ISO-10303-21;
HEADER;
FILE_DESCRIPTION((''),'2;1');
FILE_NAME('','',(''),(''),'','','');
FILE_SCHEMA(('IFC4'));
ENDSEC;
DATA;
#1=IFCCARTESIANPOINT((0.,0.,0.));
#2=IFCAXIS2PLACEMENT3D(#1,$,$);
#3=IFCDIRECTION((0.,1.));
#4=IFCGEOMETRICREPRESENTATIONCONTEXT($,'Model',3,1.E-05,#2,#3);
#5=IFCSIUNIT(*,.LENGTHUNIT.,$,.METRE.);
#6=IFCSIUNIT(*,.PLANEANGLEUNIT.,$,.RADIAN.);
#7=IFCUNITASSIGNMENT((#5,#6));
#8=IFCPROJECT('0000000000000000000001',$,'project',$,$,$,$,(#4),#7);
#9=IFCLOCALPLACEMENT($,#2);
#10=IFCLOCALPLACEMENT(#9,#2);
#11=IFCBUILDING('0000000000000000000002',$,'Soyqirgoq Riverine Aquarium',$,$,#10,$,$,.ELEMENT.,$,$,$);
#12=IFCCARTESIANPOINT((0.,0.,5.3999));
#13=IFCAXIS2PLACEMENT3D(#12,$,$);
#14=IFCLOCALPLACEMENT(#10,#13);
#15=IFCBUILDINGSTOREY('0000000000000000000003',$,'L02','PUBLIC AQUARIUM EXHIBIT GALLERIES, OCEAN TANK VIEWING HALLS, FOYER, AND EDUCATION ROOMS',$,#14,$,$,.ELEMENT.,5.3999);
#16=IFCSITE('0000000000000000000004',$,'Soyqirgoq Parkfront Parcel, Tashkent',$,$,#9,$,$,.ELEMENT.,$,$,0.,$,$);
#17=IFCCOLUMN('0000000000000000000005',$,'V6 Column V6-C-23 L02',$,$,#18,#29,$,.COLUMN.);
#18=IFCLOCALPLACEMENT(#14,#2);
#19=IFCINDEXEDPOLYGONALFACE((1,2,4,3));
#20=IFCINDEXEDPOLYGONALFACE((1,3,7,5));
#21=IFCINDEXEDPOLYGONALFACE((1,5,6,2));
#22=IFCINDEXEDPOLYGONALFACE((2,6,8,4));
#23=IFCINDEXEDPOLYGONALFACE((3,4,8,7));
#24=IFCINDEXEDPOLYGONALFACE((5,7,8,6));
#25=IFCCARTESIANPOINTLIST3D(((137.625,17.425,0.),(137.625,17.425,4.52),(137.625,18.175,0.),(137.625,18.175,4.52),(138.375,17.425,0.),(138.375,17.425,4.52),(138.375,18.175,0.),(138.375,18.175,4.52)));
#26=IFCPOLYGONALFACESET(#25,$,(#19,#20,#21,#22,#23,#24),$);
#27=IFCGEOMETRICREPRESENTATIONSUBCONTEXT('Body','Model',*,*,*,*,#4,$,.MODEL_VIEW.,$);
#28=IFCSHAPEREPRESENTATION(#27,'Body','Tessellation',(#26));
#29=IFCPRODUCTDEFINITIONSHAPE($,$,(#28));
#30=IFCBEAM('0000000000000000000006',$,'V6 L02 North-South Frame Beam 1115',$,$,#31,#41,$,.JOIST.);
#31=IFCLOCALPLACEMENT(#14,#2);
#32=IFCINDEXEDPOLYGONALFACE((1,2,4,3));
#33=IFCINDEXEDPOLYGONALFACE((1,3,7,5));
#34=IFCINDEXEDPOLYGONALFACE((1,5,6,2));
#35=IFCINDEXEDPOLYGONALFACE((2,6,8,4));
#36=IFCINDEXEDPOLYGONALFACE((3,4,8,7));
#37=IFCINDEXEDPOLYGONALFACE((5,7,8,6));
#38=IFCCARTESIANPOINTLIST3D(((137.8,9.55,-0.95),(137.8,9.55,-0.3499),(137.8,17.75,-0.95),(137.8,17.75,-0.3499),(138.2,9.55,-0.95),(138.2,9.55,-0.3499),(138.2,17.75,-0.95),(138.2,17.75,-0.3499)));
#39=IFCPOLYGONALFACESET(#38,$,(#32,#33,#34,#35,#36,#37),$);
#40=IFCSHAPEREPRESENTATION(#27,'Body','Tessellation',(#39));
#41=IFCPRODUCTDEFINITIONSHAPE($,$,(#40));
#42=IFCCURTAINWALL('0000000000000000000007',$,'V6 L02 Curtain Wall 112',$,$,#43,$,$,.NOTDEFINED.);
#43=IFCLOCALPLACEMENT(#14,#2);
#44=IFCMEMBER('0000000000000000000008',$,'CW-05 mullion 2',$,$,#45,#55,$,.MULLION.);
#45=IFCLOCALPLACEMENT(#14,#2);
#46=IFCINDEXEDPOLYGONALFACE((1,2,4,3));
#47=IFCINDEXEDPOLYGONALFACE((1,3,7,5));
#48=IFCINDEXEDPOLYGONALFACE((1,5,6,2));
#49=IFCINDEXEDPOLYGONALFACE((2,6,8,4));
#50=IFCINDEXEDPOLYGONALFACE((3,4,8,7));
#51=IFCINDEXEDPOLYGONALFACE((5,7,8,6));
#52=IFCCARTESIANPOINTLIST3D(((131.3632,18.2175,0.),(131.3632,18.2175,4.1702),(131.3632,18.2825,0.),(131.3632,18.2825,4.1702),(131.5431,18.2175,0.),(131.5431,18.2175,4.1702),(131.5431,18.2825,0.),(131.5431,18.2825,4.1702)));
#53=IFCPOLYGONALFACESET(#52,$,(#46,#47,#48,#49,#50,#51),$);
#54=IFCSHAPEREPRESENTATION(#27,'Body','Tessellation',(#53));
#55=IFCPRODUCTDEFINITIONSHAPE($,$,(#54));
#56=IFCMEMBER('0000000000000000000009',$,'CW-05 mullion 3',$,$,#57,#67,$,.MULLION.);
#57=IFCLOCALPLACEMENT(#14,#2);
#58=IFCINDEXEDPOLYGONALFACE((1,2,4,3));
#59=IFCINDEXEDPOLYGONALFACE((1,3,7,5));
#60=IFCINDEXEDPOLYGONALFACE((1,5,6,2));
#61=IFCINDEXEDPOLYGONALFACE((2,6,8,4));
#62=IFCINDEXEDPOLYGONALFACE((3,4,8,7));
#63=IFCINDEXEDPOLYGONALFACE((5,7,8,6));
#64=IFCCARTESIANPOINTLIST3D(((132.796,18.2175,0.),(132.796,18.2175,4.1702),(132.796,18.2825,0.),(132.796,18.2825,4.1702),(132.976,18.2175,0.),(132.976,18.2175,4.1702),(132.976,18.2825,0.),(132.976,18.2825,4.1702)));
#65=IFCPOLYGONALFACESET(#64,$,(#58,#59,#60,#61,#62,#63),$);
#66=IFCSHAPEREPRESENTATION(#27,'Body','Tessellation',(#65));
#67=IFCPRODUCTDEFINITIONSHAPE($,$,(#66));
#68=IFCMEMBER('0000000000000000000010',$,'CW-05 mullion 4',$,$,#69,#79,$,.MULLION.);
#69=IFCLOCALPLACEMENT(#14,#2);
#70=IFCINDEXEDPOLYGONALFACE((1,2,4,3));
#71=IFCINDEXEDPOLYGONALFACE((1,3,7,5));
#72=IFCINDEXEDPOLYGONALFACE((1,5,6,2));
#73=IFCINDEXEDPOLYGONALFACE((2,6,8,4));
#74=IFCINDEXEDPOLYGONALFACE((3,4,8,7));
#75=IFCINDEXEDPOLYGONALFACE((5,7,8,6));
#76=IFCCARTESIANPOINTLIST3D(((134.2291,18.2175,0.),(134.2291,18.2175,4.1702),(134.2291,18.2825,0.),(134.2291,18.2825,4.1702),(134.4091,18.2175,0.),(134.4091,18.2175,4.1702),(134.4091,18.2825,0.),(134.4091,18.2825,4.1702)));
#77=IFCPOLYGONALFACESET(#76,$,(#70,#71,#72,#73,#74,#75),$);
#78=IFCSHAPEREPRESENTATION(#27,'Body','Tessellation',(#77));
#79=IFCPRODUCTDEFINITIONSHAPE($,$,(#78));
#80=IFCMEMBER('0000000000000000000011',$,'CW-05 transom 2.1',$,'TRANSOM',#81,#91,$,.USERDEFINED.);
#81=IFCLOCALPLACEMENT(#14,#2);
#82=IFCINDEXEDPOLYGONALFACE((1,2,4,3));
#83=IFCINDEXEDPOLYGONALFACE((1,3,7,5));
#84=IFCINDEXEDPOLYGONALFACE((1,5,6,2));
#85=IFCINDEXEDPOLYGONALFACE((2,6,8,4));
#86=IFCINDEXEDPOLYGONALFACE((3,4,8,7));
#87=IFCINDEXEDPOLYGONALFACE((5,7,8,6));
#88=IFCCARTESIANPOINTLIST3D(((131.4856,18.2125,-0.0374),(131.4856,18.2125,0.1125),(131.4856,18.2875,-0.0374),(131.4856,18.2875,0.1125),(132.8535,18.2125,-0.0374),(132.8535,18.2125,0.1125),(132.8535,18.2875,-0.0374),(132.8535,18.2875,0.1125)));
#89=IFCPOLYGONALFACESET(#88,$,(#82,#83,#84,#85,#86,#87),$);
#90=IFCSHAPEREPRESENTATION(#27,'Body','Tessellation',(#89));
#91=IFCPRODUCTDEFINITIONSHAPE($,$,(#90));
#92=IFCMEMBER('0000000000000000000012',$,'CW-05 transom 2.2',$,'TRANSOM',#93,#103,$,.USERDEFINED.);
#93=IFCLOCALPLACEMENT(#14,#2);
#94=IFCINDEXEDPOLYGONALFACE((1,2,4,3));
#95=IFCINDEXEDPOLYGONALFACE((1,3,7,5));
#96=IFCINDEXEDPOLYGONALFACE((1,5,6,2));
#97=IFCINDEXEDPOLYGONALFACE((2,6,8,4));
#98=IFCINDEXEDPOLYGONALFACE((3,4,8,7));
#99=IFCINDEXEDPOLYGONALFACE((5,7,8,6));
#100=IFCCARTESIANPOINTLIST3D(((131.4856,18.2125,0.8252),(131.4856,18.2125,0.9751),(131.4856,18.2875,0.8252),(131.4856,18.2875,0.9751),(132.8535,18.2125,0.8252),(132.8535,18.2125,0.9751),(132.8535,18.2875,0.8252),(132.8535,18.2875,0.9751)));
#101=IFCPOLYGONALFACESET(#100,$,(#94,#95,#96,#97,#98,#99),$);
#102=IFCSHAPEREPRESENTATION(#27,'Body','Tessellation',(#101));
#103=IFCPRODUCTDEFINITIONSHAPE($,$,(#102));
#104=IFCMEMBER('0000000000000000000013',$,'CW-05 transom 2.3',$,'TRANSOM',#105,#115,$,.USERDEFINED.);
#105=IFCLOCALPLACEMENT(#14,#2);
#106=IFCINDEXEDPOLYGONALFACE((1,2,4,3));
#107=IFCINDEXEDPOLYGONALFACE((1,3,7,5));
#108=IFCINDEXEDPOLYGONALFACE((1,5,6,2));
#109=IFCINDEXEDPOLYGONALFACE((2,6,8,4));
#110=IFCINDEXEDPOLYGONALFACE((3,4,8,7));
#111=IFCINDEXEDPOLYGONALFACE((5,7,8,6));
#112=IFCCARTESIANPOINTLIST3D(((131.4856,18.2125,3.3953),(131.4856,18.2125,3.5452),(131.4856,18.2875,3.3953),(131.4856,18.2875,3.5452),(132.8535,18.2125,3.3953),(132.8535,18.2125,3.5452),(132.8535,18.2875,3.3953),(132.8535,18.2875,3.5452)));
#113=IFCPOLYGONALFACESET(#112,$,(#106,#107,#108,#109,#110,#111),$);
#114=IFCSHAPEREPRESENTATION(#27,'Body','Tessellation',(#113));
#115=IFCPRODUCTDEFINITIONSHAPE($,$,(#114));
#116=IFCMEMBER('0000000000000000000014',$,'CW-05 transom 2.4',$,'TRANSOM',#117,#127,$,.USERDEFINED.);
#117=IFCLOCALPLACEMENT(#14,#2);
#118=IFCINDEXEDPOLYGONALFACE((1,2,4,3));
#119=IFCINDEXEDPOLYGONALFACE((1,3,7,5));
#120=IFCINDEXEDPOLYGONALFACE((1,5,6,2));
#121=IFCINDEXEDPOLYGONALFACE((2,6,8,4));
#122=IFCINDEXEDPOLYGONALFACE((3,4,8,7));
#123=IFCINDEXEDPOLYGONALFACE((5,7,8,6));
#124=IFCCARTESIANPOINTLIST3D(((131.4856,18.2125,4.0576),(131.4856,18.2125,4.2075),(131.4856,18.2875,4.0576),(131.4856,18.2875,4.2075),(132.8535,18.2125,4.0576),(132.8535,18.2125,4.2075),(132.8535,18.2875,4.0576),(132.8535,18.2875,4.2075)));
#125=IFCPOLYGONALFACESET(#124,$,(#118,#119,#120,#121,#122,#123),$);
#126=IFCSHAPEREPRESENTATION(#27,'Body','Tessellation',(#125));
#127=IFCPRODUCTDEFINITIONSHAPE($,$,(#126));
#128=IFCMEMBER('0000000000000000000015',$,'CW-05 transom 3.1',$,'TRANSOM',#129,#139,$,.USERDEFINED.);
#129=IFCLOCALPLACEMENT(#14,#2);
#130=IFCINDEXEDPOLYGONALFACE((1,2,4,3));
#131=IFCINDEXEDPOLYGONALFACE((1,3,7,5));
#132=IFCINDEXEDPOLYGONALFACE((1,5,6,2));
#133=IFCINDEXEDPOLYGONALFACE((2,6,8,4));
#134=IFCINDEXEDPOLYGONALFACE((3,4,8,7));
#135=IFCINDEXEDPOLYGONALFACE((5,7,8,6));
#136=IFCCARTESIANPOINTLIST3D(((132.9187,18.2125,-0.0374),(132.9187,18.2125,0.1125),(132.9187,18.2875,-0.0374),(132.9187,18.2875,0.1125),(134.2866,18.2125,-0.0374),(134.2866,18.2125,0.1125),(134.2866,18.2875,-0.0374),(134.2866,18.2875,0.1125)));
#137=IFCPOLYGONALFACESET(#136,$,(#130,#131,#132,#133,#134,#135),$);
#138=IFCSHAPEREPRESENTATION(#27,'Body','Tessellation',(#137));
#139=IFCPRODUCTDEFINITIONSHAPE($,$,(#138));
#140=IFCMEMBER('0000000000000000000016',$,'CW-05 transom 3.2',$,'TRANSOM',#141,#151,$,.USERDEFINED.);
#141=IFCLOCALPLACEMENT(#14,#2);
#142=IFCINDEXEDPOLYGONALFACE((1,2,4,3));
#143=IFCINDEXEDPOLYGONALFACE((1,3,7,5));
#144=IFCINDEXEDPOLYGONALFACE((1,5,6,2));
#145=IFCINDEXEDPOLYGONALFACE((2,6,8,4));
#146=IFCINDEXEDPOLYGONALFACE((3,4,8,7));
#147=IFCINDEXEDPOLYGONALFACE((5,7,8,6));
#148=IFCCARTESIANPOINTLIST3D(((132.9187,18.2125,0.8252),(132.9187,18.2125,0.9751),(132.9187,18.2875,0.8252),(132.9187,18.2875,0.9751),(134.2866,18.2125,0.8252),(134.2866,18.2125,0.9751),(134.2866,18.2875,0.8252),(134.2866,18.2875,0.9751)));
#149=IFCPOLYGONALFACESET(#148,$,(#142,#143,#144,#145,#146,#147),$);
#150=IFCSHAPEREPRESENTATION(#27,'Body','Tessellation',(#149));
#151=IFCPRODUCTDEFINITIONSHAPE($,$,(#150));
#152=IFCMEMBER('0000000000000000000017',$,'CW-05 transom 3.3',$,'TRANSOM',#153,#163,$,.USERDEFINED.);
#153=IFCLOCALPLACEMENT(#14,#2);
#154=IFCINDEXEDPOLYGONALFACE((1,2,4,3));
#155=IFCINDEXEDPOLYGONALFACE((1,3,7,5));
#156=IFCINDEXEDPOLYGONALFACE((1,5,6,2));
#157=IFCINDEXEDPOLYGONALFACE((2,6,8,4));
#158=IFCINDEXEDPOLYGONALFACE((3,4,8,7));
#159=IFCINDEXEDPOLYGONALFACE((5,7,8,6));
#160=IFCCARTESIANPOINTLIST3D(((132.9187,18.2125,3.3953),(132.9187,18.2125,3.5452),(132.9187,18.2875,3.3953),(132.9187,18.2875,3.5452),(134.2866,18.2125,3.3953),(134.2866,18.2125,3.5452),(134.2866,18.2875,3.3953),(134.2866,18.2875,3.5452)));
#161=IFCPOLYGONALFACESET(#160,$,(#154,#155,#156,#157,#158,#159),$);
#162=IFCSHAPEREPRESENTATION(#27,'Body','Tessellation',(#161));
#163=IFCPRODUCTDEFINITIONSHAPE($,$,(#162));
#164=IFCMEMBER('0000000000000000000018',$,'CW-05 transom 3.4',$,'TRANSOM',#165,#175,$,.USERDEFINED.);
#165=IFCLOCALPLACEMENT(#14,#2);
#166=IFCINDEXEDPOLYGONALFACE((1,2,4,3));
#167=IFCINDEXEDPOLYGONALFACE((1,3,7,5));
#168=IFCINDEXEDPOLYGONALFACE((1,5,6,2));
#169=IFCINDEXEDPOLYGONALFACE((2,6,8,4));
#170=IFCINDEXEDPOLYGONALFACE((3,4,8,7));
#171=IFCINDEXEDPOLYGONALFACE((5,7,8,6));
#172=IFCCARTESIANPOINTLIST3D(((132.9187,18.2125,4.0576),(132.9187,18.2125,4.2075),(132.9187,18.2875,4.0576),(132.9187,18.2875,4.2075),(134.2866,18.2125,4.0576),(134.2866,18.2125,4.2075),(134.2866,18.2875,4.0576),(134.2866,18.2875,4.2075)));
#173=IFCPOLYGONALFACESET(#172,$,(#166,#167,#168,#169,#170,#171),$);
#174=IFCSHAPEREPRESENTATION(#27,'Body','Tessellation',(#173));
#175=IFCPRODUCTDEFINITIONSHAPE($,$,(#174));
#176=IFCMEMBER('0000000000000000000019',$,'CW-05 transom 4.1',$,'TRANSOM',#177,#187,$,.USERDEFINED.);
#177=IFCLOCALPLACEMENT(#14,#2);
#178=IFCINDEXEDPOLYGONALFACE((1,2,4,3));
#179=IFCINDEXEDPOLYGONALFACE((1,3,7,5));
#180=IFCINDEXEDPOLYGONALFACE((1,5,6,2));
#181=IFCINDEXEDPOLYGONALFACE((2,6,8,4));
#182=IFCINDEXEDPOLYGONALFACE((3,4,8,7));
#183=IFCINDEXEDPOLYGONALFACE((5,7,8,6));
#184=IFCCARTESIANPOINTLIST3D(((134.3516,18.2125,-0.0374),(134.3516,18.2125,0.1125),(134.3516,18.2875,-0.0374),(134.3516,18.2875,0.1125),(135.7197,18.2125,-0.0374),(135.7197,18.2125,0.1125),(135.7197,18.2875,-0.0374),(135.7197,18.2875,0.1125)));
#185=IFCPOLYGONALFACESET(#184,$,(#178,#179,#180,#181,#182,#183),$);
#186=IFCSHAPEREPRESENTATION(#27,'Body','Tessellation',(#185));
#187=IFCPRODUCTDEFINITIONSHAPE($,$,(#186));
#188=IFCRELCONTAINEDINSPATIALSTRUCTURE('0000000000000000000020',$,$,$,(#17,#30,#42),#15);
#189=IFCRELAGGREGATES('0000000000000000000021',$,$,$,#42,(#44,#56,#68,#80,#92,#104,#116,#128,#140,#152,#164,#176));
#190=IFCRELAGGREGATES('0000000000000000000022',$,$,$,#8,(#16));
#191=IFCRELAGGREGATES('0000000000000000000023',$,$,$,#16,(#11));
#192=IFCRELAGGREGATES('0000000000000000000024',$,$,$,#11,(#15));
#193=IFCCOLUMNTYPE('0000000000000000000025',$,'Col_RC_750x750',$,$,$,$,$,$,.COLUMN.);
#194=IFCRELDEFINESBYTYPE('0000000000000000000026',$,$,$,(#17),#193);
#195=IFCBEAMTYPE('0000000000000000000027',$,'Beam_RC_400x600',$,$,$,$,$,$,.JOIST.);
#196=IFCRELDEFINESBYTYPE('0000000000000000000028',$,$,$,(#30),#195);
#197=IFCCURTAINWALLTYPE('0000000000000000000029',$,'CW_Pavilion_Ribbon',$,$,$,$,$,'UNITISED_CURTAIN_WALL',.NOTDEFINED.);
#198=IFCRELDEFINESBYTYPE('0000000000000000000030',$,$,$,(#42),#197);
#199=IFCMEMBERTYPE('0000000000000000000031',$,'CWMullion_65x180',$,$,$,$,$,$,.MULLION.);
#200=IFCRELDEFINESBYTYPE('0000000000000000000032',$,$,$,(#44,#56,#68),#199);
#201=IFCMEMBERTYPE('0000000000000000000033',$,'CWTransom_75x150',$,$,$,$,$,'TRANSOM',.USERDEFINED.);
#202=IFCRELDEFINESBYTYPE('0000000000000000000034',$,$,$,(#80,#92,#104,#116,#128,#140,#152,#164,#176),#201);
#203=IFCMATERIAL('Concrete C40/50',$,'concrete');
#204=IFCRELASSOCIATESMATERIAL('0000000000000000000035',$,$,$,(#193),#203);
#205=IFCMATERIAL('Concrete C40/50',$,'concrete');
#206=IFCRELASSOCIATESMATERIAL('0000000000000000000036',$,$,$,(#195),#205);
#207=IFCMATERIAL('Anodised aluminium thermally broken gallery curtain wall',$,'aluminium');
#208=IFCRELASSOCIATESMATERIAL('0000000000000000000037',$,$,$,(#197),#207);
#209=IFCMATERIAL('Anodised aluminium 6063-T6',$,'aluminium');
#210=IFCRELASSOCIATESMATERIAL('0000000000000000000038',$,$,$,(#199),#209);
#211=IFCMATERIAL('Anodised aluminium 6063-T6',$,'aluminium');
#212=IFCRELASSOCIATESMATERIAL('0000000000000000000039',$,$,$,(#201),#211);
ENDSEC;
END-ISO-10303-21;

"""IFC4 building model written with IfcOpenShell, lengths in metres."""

from ifc_helpers import new_model, si_unit, direction, frame, origin, origin_2d, place, context, subcontext, project, spatial, rectangle, extrude, material, material_profile, profile_set, type_object, element, aggregate, save


model = new_model("IFC4")

# Units and contexts
model_context = context("Model", 3, precision=1e-05, world=origin(), true_north=direction((0.0, 1.0)))
body_context = subcontext(model_context, "Body", "Model", "MODEL_VIEW")
ifc_project = project(units=[si_unit("LENGTHUNIT", "METRE"), si_unit("PLANEANGLEUNIT", "RADIAN")], contexts=[model_context])

# Site, building, storey
site_placement = place(None, origin())
site = spatial("IfcSite", under=ifc_project, at=site_placement, Name="Soyqirgoq Parkfront Parcel, Tashkent", CompositionType="ELEMENT", RefElevation=0.0)
building_placement = place(site_placement, origin())
building = spatial("IfcBuilding", under=site, at=building_placement, Name="Soyqirgoq Riverine Aquarium", CompositionType="ELEMENT")
storey_placement = place(building_placement, frame((0.0, 0.0, 5.3999)))
storey = spatial("IfcBuildingStorey", under=building, at=storey_placement, Name="L02", Description="PUBLIC AQUARIUM EXHIBIT GALLERIES, OCEAN TANK VIEWING HALLS, FOYER, AND EDUCATION ROOMS", CompositionType="ELEMENT", Elevation=5.3999)

# Column
ifc_material_1 = material(Name="Concrete C40/50", Category="concrete")
ifc_material_profile_1 = material_profile(ifc_material_1, rectangle(XDim=0.75, YDim=0.75, at=origin_2d()), Name="RC 750x750")
ifc_profile_set_1 = profile_set([ifc_material_profile_1], Name="Concrete C40/50")
column_type = type_object("IfcColumnType", Name="Col_RC_750x750", PredefinedType="COLUMN", material=ifc_profile_set_1)
column_placement = place(storey_placement, frame((138.0, 17.8, 0.0), z_axis=(0.0, 0.0, 1.0), x_axis=(1.0, 0.0, 0.0)))
element("IfcColumn", 1, at=column_placement, inside=storey, type_object=column_type, Name="V6 Column V6-C-23 L02", PredefinedType="COLUMN", context=body_context, shape_type="SweptSolid", body=[
    extrude(rectangle(XDim=0.75, YDim=0.75, at=origin_2d()), origin(), (0.0, 0.0, 1.0), 4.52),
])

# Beam
ifc_material_2 = material(Name="Concrete C40/50", Category="concrete")
ifc_material_profile_2 = material_profile(ifc_material_2, rectangle(XDim=0.3999, YDim=0.6001, at=origin_2d()), Name="RC 400x600")
ifc_profile_set_2 = profile_set([ifc_material_profile_2], Name="Concrete C40/50")
beam_type_1 = type_object("IfcBeamType", Name="Beam_RC_400x600", PredefinedType="JOIST", material=ifc_profile_set_2)
beam_1_placement = place(storey_placement, frame((138.0, 9.55, -0.6499), z_axis=(0.0, 1.0, 0.0), x_axis=(-1.0, 0.0, 0.0)))
element("IfcBeam", 2, at=beam_1_placement, inside=storey, type_object=beam_type_1, Name="V6 L02 North-South Frame Beam 1115", PredefinedType="JOIST", context=body_context, shape_type="SweptSolid", body=[
    extrude(rectangle(XDim=0.3999, YDim=0.6001, at=origin_2d()), origin(), (0.0, 0.0, 1.0), 8.2),
])

# Curtain wall, members
ifc_material_3 = material(Name="Anodised aluminium thermally broken gallery curtain wall", Category="aluminium")
curtain_wall_type = type_object("IfcCurtainWallType", Name="CW_Pavilion_Ribbon", ElementType="UNITISED_CURTAIN_WALL", PredefinedType="NOTDEFINED", material=ifc_material_3)
curtain_wall_placement = place(storey_placement, origin())
curtain_wall = element("IfcCurtainWall", 3, at=curtain_wall_placement, inside=storey, type_object=curtain_wall_type, Name="V6 L02 Curtain Wall 112", PredefinedType="NOTDEFINED")
ifc_material_4 = material(Name="Anodised aluminium 6063-T6", Category="aluminium")
ifc_material_profile_3 = material_profile(ifc_material_4, rectangle(XDim=0.0649, YDim=0.1799, at=origin_2d()), Name="ALU-M 65x180")
ifc_profile_set_3 = profile_set([ifc_material_profile_3], Name="Anodised aluminium 6063-T6")
member_type_1 = type_object("IfcMemberType", Name="CWMullion_65x180", PredefinedType="MULLION", material=ifc_profile_set_3)
member_1_placement = place(storey_placement, frame((131.4531, 18.25, 0.0), z_axis=(0.0, 0.0, 1.0), x_axis=(0.0, 1.0, 0.0)))
member_1 = element("IfcMember", 4, at=member_1_placement, type_object=member_type_1, Name="CW-05 mullion 2", PredefinedType="MULLION", context=body_context, shape_type="SweptSolid", body=[
    extrude(rectangle(XDim=0.0649, YDim=0.1799, at=origin_2d()), origin(), (0.0, 0.0, 1.0), 4.1702),
])
member_2_placement = place(storey_placement, frame((132.886, 18.25, 0.0), z_axis=(0.0, 0.0, 1.0), x_axis=(0.0, 1.0, 0.0)))
member_2 = element("IfcMember", 5, at=member_2_placement, type_object=member_type_1, Name="CW-05 mullion 3", PredefinedType="MULLION", context=body_context, shape_type="SweptSolid", body=[
    extrude(rectangle(XDim=0.0649, YDim=0.1799, at=origin_2d()), origin(), (0.0, 0.0, 1.0), 4.1702),
])
member_3_placement = place(storey_placement, frame((134.3191, 18.25, 0.0), z_axis=(0.0, 0.0, 1.0), x_axis=(0.0, 1.0, 0.0)))
member_3 = element("IfcMember", 6, at=member_3_placement, type_object=member_type_1, Name="CW-05 mullion 4", PredefinedType="MULLION", context=body_context, shape_type="SweptSolid", body=[
    extrude(rectangle(XDim=0.0649, YDim=0.1799, at=origin_2d()), origin(), (0.0, 0.0, 1.0), 4.1702),
])
ifc_material_5 = material(Name="Anodised aluminium 6063-T6", Category="aluminium")
ifc_material_profile_4 = material_profile(ifc_material_5, rectangle(XDim=0.075, YDim=0.1499, at=origin_2d()), Name="ALU-T 75x150")
ifc_profile_set_4 = profile_set([ifc_material_profile_4], Name="Anodised aluminium 6063-T6")
member_type_2 = type_object("IfcMemberType", Name="CWTransom_75x150", ElementType="TRANSOM", PredefinedType="USERDEFINED", material=ifc_profile_set_4)
member_4_placement = place(storey_placement, frame((131.4856, 18.25, 0.0376), z_axis=(1.0, 0.0, 0.0), x_axis=(0.0, 1.0, 0.0)))
member_4 = element("IfcMember", 7, at=member_4_placement, type_object=member_type_2, Name="CW-05 transom 2.1", ObjectType="TRANSOM", PredefinedType="USERDEFINED", context=body_context, shape_type="SweptSolid", body=[
    extrude(rectangle(XDim=0.075, YDim=0.1499, at=origin_2d()), origin(), (0.0, 0.0, 1.0), 1.3679),
])
member_5_placement = place(storey_placement, frame((131.4856, 18.25, 0.9001), z_axis=(1.0, 0.0, 0.0), x_axis=(0.0, 1.0, 0.0)))
member_5 = element("IfcMember", 8, at=member_5_placement, type_object=member_type_2, Name="CW-05 transom 2.2", ObjectType="TRANSOM", PredefinedType="USERDEFINED", context=body_context, shape_type="SweptSolid", body=[
    extrude(rectangle(XDim=0.075, YDim=0.1499, at=origin_2d()), origin(), (0.0, 0.0, 1.0), 1.3679),
])
member_6_placement = place(storey_placement, frame((131.4856, 18.25, 3.4702), z_axis=(1.0, 0.0, 0.0), x_axis=(0.0, 1.0, 0.0)))
member_6 = element("IfcMember", 9, at=member_6_placement, type_object=member_type_2, Name="CW-05 transom 2.3", ObjectType="TRANSOM", PredefinedType="USERDEFINED", context=body_context, shape_type="SweptSolid", body=[
    extrude(rectangle(XDim=0.075, YDim=0.1499, at=origin_2d()), origin(), (0.0, 0.0, 1.0), 1.3679),
])
member_7_placement = place(storey_placement, frame((131.4856, 18.25, 4.1326), z_axis=(1.0, 0.0, 0.0), x_axis=(0.0, 1.0, 0.0)))
member_7 = element("IfcMember", 10, at=member_7_placement, type_object=member_type_2, Name="CW-05 transom 2.4", ObjectType="TRANSOM", PredefinedType="USERDEFINED", context=body_context, shape_type="SweptSolid", body=[
    extrude(rectangle(XDim=0.075, YDim=0.1499, at=origin_2d()), origin(), (0.0, 0.0, 1.0), 1.3679),
])
member_8_placement = place(storey_placement, frame((132.9187, 18.25, 0.0376), z_axis=(1.0, 0.0, 0.0), x_axis=(0.0, 1.0, 0.0)))
member_8 = element("IfcMember", 11, at=member_8_placement, type_object=member_type_2, Name="CW-05 transom 3.1", ObjectType="TRANSOM", PredefinedType="USERDEFINED", context=body_context, shape_type="SweptSolid", body=[
    extrude(rectangle(XDim=0.075, YDim=0.1499, at=origin_2d()), origin(), (0.0, 0.0, 1.0), 1.3679),
])
member_9_placement = place(storey_placement, frame((132.9187, 18.25, 0.9001), z_axis=(1.0, 0.0, 0.0), x_axis=(0.0, 1.0, 0.0)))
member_9 = element("IfcMember", 12, at=member_9_placement, type_object=member_type_2, Name="CW-05 transom 3.2", ObjectType="TRANSOM", PredefinedType="USERDEFINED", context=body_context, shape_type="SweptSolid", body=[
    extrude(rectangle(XDim=0.075, YDim=0.1499, at=origin_2d()), origin(), (0.0, 0.0, 1.0), 1.3679),
])
member_10_placement = place(storey_placement, frame((132.9187, 18.25, 3.4702), z_axis=(1.0, 0.0, 0.0), x_axis=(0.0, 1.0, 0.0)))
member_10 = element("IfcMember", 13, at=member_10_placement, type_object=member_type_2, Name="CW-05 transom 3.3", ObjectType="TRANSOM", PredefinedType="USERDEFINED", context=body_context, shape_type="SweptSolid", body=[
    extrude(rectangle(XDim=0.075, YDim=0.1499, at=origin_2d()), origin(), (0.0, 0.0, 1.0), 1.3679),
])
member_11_placement = place(storey_placement, frame((132.9187, 18.25, 4.1326), z_axis=(1.0, 0.0, 0.0), x_axis=(0.0, 1.0, 0.0)))
member_11 = element("IfcMember", 14, at=member_11_placement, type_object=member_type_2, Name="CW-05 transom 3.4", ObjectType="TRANSOM", PredefinedType="USERDEFINED", context=body_context, shape_type="SweptSolid", body=[
    extrude(rectangle(XDim=0.075, YDim=0.1499, at=origin_2d()), origin(), (0.0, 0.0, 1.0), 1.3679),
])
member_12_placement = place(storey_placement, frame((134.3516, 18.25, 0.0376), z_axis=(1.0, 0.0, 0.0), x_axis=(0.0, 1.0, 0.0)))
member_12 = element("IfcMember", 15, at=member_12_placement, type_object=member_type_2, Name="CW-05 transom 4.1", ObjectType="TRANSOM", PredefinedType="USERDEFINED", context=body_context, shape_type="SweptSolid", body=[
    extrude(rectangle(XDim=0.075, YDim=0.1499, at=origin_2d()), origin(), (0.0, 0.0, 1.0), 1.3682),
])

aggregate(curtain_wall, [member_1, member_2, member_3, member_4, member_5, member_6, member_7, member_8, member_9, member_10, member_11, member_12])

save(model, "model.ifc")
